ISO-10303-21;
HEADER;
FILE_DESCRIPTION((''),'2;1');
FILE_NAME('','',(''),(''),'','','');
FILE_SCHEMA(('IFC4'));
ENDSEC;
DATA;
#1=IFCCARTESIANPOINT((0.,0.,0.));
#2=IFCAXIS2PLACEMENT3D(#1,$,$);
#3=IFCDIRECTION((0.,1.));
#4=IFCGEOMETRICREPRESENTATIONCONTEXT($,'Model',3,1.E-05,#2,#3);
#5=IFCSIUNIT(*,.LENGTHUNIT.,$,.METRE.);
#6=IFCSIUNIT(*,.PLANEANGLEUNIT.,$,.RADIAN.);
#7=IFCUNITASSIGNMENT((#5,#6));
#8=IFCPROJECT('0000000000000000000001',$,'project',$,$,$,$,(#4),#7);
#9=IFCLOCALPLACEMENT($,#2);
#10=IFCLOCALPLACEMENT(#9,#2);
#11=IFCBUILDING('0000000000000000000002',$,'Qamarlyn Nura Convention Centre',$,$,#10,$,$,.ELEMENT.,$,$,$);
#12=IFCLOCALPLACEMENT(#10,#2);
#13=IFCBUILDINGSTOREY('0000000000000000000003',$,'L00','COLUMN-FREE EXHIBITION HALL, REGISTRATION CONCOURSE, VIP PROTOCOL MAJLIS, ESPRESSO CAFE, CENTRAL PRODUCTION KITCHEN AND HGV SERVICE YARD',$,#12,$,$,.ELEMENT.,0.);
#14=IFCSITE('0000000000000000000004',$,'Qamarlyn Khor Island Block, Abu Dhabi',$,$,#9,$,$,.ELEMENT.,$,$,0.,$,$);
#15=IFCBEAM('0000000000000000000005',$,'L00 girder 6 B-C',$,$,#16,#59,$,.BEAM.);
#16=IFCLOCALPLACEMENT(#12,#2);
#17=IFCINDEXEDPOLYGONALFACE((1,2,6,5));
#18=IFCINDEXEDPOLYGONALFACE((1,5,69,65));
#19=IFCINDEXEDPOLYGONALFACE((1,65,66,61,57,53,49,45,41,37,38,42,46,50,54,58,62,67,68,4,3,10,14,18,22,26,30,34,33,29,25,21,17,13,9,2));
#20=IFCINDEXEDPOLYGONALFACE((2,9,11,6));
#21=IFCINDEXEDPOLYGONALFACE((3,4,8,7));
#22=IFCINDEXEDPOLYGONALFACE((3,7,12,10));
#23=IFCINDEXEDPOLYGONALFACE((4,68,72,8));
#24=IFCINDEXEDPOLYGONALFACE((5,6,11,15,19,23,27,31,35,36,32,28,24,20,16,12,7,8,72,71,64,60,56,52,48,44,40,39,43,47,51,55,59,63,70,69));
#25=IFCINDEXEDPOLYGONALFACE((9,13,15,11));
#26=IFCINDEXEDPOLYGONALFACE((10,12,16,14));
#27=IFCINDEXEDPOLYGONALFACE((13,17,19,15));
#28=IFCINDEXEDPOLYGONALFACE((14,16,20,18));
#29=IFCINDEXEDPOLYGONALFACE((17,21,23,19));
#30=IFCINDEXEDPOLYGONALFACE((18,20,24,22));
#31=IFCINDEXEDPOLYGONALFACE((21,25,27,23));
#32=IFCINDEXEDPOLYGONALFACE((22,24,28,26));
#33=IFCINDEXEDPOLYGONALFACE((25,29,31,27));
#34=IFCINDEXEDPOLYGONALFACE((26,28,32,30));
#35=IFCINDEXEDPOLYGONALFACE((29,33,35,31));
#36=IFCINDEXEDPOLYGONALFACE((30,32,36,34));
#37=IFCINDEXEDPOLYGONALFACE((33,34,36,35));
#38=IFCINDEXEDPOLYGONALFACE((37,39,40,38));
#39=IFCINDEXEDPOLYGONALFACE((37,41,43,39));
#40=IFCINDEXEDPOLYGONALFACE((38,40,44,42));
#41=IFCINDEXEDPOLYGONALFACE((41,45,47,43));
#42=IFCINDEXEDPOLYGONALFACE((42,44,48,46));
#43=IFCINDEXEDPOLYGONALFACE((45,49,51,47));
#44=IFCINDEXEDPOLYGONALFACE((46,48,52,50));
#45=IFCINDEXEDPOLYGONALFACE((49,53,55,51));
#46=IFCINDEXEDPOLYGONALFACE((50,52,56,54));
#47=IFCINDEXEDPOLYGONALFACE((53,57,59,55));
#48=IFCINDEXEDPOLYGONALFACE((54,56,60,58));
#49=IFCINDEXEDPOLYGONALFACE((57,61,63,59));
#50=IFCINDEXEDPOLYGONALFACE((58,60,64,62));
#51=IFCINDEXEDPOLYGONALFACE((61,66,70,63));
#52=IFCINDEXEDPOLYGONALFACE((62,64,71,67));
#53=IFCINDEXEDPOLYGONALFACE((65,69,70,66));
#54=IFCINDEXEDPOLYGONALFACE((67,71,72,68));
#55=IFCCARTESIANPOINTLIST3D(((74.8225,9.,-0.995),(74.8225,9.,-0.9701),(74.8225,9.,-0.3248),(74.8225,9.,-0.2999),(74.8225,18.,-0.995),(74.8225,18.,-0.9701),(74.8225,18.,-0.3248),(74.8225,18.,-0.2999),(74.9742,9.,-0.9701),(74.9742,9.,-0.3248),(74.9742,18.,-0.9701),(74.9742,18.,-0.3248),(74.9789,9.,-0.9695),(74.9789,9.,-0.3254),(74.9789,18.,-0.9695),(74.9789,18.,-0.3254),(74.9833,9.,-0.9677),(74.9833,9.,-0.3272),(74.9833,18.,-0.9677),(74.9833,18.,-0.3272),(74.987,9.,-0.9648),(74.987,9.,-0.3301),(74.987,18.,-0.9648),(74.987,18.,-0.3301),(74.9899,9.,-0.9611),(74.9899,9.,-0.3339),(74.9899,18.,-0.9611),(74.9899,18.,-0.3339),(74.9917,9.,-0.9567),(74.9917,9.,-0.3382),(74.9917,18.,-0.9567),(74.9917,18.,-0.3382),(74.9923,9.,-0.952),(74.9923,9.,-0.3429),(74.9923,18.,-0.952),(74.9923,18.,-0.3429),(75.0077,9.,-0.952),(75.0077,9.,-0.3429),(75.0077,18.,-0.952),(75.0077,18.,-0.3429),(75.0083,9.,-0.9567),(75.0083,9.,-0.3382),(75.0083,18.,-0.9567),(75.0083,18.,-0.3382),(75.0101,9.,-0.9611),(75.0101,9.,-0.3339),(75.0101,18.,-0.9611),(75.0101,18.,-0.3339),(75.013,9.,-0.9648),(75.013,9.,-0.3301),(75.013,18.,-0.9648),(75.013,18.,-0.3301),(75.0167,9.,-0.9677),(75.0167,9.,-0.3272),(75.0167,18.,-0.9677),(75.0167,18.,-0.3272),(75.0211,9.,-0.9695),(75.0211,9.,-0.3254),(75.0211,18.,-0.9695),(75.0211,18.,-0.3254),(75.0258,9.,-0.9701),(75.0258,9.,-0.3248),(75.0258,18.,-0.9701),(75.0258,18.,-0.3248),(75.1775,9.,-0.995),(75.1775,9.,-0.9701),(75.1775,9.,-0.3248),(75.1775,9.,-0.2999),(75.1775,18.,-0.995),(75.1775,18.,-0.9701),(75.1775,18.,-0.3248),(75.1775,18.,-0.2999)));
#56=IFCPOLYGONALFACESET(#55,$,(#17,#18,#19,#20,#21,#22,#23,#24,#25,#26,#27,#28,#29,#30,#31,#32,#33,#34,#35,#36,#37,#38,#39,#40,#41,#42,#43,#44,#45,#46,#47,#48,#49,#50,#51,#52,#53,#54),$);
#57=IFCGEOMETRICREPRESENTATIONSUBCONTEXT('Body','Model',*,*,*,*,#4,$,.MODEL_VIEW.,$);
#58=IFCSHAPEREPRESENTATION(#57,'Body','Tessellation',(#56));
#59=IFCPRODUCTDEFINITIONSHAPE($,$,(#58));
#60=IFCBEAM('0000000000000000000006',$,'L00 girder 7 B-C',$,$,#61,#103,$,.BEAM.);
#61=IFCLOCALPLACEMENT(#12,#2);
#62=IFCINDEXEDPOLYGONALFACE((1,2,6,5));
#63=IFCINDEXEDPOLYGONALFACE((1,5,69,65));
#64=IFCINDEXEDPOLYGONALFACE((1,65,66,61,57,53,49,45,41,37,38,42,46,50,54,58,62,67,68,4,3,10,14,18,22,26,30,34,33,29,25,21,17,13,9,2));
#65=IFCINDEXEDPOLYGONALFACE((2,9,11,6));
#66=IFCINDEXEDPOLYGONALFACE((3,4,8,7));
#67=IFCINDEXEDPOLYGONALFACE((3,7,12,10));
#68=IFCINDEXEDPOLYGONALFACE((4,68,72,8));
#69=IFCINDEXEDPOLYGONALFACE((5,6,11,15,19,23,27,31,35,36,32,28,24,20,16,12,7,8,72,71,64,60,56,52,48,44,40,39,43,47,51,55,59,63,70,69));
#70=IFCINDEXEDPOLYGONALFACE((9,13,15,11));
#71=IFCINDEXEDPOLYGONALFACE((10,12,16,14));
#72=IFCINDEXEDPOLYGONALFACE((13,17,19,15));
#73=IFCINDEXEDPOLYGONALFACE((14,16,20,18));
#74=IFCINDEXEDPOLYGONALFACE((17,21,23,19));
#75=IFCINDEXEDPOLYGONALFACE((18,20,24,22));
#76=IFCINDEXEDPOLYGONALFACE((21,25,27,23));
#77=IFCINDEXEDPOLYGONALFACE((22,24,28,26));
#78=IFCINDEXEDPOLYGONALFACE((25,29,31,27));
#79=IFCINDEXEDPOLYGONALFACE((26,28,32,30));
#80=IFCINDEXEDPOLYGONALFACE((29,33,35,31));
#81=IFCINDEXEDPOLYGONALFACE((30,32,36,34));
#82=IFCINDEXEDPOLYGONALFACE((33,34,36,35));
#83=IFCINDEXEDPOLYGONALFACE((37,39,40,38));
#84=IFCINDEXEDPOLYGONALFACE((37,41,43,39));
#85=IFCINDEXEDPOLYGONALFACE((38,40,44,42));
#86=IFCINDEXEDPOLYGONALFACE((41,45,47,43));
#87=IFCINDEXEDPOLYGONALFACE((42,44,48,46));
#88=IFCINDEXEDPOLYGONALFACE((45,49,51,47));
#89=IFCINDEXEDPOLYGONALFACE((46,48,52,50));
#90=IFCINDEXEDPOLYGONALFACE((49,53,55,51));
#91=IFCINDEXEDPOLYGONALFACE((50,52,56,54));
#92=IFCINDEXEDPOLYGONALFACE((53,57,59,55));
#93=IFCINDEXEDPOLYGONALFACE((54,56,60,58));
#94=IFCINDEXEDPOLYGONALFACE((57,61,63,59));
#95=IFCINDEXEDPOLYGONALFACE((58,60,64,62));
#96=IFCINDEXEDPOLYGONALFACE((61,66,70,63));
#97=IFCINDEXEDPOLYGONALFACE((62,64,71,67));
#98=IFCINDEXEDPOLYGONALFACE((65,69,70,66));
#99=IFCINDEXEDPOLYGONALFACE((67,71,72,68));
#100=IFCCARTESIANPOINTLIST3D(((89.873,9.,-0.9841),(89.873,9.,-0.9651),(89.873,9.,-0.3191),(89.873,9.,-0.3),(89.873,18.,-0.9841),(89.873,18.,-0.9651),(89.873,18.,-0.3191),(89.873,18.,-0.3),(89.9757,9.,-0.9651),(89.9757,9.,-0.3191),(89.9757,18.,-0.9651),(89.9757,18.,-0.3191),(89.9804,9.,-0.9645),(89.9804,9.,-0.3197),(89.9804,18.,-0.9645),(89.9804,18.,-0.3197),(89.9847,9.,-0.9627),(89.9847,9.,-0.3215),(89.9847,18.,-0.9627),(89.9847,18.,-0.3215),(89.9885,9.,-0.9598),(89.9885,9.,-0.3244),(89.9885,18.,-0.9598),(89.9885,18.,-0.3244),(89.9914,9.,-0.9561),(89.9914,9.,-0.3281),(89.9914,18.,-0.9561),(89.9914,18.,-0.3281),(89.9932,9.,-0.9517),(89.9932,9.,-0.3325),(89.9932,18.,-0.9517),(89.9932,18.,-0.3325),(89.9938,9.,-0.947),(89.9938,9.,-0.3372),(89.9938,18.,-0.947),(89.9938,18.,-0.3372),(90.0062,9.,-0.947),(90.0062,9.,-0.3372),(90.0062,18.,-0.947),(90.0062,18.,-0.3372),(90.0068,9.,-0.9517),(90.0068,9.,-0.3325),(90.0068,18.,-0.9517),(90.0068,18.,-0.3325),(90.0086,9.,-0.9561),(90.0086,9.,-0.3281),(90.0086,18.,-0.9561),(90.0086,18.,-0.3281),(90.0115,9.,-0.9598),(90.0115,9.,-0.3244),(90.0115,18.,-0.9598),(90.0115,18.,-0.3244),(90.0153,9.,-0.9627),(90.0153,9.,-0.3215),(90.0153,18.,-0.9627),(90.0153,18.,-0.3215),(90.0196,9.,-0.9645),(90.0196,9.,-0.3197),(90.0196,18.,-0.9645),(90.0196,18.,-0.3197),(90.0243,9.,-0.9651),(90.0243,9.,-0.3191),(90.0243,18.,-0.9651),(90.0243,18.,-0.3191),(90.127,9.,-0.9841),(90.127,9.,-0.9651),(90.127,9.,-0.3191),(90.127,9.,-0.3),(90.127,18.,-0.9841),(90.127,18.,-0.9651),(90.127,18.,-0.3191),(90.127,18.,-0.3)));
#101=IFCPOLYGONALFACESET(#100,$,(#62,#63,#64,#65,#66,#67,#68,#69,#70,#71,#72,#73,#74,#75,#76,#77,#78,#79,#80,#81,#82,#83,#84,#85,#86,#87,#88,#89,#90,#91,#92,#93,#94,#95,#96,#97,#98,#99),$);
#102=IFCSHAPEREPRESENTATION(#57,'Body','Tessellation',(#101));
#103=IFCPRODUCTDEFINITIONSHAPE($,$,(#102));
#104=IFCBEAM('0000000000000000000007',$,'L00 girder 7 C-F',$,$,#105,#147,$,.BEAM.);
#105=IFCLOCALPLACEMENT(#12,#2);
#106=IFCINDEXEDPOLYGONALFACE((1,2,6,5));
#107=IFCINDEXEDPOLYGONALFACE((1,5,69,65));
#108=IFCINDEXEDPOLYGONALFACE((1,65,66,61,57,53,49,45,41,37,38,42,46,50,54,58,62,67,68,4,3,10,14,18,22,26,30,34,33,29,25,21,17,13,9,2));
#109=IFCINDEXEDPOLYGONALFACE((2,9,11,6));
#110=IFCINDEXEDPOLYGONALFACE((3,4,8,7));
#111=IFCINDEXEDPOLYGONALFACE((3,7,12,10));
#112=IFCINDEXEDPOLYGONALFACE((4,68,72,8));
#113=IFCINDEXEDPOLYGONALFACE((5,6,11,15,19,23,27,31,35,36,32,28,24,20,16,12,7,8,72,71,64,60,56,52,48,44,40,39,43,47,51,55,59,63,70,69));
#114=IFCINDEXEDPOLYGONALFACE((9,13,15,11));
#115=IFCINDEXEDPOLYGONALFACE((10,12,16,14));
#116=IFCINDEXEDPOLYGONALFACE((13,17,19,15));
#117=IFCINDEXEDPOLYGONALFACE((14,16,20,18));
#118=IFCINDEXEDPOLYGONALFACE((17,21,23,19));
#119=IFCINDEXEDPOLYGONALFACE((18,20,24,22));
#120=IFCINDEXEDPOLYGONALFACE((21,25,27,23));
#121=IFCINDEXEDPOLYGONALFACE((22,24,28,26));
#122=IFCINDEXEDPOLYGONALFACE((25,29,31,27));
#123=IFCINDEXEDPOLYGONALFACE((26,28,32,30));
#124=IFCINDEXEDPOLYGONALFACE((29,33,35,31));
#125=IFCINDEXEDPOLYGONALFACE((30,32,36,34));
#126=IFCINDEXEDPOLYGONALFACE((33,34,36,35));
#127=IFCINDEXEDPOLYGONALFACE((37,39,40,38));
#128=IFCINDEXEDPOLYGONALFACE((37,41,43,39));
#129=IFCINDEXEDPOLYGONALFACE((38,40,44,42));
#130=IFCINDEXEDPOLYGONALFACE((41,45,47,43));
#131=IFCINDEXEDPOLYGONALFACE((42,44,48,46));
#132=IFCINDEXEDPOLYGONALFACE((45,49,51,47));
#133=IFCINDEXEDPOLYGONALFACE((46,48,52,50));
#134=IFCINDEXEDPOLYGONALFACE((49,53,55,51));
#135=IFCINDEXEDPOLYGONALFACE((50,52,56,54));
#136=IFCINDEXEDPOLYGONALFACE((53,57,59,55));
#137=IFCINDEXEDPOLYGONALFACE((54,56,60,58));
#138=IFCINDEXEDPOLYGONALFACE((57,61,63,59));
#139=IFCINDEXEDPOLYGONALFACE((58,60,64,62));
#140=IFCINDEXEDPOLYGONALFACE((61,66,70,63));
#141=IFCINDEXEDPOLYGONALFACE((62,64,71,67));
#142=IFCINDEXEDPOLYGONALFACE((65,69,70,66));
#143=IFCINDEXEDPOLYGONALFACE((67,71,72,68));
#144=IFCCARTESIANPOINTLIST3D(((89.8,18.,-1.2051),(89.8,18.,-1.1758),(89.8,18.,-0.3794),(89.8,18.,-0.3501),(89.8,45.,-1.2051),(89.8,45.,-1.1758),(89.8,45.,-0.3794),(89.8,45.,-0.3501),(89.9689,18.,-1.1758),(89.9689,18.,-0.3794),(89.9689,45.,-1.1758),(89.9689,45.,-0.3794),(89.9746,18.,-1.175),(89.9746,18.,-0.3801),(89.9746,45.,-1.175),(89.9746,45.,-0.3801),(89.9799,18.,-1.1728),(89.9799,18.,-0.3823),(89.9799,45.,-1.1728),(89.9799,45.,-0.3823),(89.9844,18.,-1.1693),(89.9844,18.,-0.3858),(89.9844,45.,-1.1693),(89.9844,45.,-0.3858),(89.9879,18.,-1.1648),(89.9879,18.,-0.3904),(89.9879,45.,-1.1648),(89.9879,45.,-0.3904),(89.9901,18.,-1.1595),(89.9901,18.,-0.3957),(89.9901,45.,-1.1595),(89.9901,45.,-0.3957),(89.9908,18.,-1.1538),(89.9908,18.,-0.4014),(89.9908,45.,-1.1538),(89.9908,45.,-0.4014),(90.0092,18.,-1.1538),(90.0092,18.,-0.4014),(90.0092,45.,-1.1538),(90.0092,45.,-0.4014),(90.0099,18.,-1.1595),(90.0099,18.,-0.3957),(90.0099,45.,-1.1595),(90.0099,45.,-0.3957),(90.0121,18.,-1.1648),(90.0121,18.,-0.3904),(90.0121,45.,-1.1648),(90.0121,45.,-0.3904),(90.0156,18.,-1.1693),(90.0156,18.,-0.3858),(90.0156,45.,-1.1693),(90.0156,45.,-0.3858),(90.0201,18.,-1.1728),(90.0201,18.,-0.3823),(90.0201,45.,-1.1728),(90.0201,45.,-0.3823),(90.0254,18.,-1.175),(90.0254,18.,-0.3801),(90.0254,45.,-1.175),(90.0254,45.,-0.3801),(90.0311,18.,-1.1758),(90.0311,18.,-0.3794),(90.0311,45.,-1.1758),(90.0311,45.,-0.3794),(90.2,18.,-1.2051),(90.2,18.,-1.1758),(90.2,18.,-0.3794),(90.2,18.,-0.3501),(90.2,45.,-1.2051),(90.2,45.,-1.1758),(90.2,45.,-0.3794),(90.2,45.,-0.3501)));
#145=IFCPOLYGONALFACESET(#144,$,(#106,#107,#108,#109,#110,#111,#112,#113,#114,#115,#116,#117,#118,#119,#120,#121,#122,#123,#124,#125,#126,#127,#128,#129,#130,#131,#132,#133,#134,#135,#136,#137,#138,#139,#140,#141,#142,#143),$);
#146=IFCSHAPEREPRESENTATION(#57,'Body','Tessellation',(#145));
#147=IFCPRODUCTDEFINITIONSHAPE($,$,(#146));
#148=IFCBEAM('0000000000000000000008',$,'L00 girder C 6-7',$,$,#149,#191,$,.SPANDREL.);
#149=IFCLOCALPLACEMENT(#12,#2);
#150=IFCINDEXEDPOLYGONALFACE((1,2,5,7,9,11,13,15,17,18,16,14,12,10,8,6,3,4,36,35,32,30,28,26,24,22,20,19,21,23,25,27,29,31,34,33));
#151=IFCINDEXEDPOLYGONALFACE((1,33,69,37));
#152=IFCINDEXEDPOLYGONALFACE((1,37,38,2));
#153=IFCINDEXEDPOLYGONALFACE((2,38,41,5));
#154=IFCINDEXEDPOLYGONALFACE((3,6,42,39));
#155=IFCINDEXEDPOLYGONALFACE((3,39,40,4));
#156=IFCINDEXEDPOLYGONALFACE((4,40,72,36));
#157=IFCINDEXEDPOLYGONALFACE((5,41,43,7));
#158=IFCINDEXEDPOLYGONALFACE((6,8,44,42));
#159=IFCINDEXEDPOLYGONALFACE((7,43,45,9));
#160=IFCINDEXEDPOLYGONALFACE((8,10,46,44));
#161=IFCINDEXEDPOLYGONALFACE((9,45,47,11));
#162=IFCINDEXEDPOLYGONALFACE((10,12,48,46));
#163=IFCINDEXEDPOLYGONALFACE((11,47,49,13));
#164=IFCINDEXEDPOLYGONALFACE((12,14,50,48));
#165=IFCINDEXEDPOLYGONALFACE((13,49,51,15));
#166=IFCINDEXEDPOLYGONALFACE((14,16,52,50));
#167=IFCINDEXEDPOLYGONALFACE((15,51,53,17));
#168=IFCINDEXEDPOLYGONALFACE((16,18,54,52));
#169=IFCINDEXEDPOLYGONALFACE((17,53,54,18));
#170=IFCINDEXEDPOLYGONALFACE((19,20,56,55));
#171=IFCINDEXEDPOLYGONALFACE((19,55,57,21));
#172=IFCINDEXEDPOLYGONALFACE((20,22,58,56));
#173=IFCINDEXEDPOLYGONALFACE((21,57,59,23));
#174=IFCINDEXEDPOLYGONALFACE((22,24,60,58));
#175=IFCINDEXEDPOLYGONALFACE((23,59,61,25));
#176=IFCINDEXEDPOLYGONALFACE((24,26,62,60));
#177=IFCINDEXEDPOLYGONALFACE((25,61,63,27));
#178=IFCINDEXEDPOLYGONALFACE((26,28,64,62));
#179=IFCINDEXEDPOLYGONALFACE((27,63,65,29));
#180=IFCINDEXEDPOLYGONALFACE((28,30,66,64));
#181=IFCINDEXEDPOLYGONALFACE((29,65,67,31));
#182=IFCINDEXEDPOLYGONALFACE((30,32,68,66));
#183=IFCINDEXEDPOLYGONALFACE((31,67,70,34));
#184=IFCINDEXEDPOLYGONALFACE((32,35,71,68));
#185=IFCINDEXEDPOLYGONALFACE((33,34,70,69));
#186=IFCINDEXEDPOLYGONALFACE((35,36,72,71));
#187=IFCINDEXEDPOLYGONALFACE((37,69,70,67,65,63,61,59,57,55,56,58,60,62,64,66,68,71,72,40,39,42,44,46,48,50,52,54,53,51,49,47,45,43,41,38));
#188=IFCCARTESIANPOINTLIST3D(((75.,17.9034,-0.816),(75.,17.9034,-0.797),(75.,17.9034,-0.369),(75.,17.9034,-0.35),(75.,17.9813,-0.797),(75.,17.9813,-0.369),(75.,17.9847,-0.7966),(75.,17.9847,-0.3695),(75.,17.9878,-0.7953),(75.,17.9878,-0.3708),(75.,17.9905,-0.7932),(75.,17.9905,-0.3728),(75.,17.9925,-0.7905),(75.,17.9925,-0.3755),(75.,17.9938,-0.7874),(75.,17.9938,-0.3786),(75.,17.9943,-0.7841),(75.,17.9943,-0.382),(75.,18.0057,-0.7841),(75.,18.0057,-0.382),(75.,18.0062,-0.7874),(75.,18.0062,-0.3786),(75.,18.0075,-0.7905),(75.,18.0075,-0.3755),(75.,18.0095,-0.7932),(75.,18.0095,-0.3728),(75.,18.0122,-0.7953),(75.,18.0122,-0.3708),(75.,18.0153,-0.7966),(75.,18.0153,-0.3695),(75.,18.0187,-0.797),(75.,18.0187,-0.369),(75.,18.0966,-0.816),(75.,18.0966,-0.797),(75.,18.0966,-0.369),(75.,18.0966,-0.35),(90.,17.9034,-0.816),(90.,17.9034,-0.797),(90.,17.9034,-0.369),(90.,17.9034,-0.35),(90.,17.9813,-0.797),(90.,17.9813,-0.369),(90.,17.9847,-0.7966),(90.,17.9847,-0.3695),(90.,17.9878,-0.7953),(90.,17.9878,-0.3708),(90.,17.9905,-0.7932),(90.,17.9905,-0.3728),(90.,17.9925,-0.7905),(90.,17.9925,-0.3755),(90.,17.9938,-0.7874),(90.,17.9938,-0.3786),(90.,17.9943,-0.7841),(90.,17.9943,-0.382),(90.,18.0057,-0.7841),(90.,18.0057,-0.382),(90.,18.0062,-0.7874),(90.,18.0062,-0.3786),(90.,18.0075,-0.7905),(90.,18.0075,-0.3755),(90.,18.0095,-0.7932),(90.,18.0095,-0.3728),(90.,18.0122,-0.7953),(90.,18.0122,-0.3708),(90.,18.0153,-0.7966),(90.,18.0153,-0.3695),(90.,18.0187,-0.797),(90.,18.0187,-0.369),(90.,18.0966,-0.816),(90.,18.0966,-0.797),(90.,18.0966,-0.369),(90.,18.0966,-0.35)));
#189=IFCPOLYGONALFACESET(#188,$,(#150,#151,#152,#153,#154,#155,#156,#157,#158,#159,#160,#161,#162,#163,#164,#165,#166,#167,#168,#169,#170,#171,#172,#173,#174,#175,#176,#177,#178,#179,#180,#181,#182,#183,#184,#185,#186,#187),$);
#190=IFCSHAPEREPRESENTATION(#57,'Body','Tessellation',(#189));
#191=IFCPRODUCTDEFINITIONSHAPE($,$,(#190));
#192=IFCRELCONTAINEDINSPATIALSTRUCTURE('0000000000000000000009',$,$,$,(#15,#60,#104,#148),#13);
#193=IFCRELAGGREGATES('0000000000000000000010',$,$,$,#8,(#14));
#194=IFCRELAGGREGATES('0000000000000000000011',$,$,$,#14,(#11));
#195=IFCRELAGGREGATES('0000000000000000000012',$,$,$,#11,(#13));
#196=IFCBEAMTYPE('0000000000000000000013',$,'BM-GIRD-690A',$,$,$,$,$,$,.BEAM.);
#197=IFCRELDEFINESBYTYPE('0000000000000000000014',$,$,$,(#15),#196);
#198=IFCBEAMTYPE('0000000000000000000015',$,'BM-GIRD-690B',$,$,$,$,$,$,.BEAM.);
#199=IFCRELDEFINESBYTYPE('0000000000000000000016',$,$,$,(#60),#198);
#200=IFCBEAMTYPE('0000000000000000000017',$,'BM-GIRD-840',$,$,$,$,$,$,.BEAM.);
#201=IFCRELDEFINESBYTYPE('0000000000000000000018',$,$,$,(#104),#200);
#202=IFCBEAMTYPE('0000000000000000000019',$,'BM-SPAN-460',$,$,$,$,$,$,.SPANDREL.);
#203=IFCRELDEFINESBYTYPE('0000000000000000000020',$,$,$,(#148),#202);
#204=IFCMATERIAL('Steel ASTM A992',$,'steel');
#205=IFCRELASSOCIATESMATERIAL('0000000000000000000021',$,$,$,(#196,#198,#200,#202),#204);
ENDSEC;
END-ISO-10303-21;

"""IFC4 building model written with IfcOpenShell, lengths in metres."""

from ifc_helpers import new_model, si_unit, direction, frame, origin, origin_2d, place, context, subcontext, project, spatial, i_section, extrude, material, material_profile, profile_set, type_object, element, save


model = new_model("IFC4")

# Units and contexts
model_context = context("Model", 3, precision=1e-05, world=origin(), true_north=direction((0.0, 1.0)))
body_context = subcontext(model_context, "Body", "Model", "MODEL_VIEW")
ifc_project = project(units=[si_unit("LENGTHUNIT", "METRE"), si_unit("PLANEANGLEUNIT", "RADIAN")], contexts=[model_context])

# Site, building, storey
site_placement = place(None, origin())
site = spatial("IfcSite", under=ifc_project, at=site_placement, Name="Qamarlyn Khor Island Block, Abu Dhabi", CompositionType="ELEMENT", RefElevation=0.0)
building_placement = place(site_placement, origin())
building = spatial("IfcBuilding", under=site, at=building_placement, Name="Qamarlyn Nura Convention Centre", CompositionType="ELEMENT")
storey_placement = place(building_placement, origin())
storey = spatial("IfcBuildingStorey", under=building, at=storey_placement, Name="L00", Description="COLUMN-FREE EXHIBITION HALL, REGISTRATION CONCOURSE, VIP PROTOCOL MAJLIS, ESPRESSO CAFE, CENTRAL PRODUCTION KITCHEN AND HGV SERVICE YARD", CompositionType="ELEMENT", Elevation=0.0)

# Shared definitions
ifc_material_1 = material(Name="Steel ASTM A992", Category="steel")

# Beams
ifc_material_profile_1 = material_profile(ifc_material_1, i_section(OverallWidth=0.355, OverallDepth=0.6951, WebThickness=0.0154, FlangeThickness=0.0249, FilletRadius=0.0181, at=origin_2d()), Name="W690X217")
ifc_profile_set_1 = profile_set([ifc_material_profile_1], Name="Steel ASTM A992")
beam_type_1 = type_object("IfcBeamType", Name="BM-GIRD-690A", PredefinedType="BEAM", material=ifc_profile_set_1)
beam_1_placement = place(storey_placement, frame((75.0, 9.0, -0.6475), z_axis=(0.0, 1.0, 0.0), x_axis=(-1.0, 0.0, 0.0)))
element("IfcBeam", 1, at=beam_1_placement, inside=storey, type_object=beam_type_1, Name="L00 girder 6 B-C", PredefinedType="BEAM", context=body_context, shape_type="SweptSolid", body=[
    extrude(i_section(OverallWidth=0.355, OverallDepth=0.6951, WebThickness=0.0154, FlangeThickness=0.0249, FilletRadius=0.0181, at=origin_2d()), origin(), (0.0, 0.0, 1.0), 9.0),
])
ifc_material_profile_2 = material_profile(ifc_material_1, i_section(OverallWidth=0.2539, OverallDepth=0.6841, WebThickness=0.0125, FlangeThickness=0.019, FilletRadius=0.0181, at=origin_2d()), Name="W690X140")
ifc_profile_set_2 = profile_set([ifc_material_profile_2], Name="Steel ASTM A992")
beam_type_2 = type_object("IfcBeamType", Name="BM-GIRD-690B", PredefinedType="BEAM", material=ifc_profile_set_2)
beam_2_placement = place(storey_placement, frame((90.0, 9.0, -0.6421), z_axis=(0.0, 1.0, 0.0), x_axis=(-1.0, 0.0, 0.0)))
element("IfcBeam", 2, at=beam_2_placement, inside=storey, type_object=beam_type_2, Name="L00 girder 7 B-C", PredefinedType="BEAM", context=body_context, shape_type="SweptSolid", body=[
    extrude(i_section(OverallWidth=0.2539, OverallDepth=0.6841, WebThickness=0.0125, FlangeThickness=0.019, FilletRadius=0.0181, at=origin_2d()), origin(), (0.0, 0.0, 1.0), 9.0),
])
ifc_material_profile_3 = material_profile(ifc_material_1, i_section(OverallWidth=0.3999, OverallDepth=0.855, WebThickness=0.0183, FlangeThickness=0.0293, FilletRadius=0.022, at=origin_2d()), Name="W840X299")
ifc_profile_set_3 = profile_set([ifc_material_profile_3], Name="Steel ASTM A992")
beam_type_3 = type_object("IfcBeamType", Name="BM-GIRD-840", PredefinedType="BEAM", material=ifc_profile_set_3)
beam_3_placement = place(storey_placement, frame((90.0, 18.0, -0.7776), z_axis=(0.0, 1.0, 0.0), x_axis=(-1.0, 0.0, 0.0)))
element("IfcBeam", 3, at=beam_3_placement, inside=storey, type_object=beam_type_3, Name="L00 girder 7 C-F", PredefinedType="BEAM", context=body_context, shape_type="SweptSolid", body=[
    extrude(i_section(OverallWidth=0.3999, OverallDepth=0.855, WebThickness=0.0183, FlangeThickness=0.0293, FilletRadius=0.022, at=origin_2d()), origin(), (0.0, 0.0, 1.0), 27.0),
])
ifc_material_profile_4 = material_profile(ifc_material_1, i_section(OverallWidth=0.1931, OverallDepth=0.4661, WebThickness=0.0115, FlangeThickness=0.019, FilletRadius=0.0129, at=origin_2d()), Name="W460X97")
ifc_profile_set_4 = profile_set([ifc_material_profile_4], Name="Steel ASTM A992")
beam_type_4 = type_object("IfcBeamType", Name="BM-SPAN-460", PredefinedType="SPANDREL", material=ifc_profile_set_4)
beam_4_placement = place(storey_placement, frame((75.0, 18.0, -0.583), z_axis=(1.0, 0.0, 0.0), x_axis=(0.0, 1.0, 0.0)))
element("IfcBeam", 4, at=beam_4_placement, inside=storey, type_object=beam_type_4, Name="L00 girder C 6-7", PredefinedType="SPANDREL", context=body_context, shape_type="SweptSolid", body=[
    extrude(i_section(OverallWidth=0.1931, OverallDepth=0.4661, WebThickness=0.0115, FlangeThickness=0.019, FilletRadius=0.0129, at=origin_2d()), origin(), (0.0, 0.0, 1.0), 15.0),
])

save(model, "model.ifc")
